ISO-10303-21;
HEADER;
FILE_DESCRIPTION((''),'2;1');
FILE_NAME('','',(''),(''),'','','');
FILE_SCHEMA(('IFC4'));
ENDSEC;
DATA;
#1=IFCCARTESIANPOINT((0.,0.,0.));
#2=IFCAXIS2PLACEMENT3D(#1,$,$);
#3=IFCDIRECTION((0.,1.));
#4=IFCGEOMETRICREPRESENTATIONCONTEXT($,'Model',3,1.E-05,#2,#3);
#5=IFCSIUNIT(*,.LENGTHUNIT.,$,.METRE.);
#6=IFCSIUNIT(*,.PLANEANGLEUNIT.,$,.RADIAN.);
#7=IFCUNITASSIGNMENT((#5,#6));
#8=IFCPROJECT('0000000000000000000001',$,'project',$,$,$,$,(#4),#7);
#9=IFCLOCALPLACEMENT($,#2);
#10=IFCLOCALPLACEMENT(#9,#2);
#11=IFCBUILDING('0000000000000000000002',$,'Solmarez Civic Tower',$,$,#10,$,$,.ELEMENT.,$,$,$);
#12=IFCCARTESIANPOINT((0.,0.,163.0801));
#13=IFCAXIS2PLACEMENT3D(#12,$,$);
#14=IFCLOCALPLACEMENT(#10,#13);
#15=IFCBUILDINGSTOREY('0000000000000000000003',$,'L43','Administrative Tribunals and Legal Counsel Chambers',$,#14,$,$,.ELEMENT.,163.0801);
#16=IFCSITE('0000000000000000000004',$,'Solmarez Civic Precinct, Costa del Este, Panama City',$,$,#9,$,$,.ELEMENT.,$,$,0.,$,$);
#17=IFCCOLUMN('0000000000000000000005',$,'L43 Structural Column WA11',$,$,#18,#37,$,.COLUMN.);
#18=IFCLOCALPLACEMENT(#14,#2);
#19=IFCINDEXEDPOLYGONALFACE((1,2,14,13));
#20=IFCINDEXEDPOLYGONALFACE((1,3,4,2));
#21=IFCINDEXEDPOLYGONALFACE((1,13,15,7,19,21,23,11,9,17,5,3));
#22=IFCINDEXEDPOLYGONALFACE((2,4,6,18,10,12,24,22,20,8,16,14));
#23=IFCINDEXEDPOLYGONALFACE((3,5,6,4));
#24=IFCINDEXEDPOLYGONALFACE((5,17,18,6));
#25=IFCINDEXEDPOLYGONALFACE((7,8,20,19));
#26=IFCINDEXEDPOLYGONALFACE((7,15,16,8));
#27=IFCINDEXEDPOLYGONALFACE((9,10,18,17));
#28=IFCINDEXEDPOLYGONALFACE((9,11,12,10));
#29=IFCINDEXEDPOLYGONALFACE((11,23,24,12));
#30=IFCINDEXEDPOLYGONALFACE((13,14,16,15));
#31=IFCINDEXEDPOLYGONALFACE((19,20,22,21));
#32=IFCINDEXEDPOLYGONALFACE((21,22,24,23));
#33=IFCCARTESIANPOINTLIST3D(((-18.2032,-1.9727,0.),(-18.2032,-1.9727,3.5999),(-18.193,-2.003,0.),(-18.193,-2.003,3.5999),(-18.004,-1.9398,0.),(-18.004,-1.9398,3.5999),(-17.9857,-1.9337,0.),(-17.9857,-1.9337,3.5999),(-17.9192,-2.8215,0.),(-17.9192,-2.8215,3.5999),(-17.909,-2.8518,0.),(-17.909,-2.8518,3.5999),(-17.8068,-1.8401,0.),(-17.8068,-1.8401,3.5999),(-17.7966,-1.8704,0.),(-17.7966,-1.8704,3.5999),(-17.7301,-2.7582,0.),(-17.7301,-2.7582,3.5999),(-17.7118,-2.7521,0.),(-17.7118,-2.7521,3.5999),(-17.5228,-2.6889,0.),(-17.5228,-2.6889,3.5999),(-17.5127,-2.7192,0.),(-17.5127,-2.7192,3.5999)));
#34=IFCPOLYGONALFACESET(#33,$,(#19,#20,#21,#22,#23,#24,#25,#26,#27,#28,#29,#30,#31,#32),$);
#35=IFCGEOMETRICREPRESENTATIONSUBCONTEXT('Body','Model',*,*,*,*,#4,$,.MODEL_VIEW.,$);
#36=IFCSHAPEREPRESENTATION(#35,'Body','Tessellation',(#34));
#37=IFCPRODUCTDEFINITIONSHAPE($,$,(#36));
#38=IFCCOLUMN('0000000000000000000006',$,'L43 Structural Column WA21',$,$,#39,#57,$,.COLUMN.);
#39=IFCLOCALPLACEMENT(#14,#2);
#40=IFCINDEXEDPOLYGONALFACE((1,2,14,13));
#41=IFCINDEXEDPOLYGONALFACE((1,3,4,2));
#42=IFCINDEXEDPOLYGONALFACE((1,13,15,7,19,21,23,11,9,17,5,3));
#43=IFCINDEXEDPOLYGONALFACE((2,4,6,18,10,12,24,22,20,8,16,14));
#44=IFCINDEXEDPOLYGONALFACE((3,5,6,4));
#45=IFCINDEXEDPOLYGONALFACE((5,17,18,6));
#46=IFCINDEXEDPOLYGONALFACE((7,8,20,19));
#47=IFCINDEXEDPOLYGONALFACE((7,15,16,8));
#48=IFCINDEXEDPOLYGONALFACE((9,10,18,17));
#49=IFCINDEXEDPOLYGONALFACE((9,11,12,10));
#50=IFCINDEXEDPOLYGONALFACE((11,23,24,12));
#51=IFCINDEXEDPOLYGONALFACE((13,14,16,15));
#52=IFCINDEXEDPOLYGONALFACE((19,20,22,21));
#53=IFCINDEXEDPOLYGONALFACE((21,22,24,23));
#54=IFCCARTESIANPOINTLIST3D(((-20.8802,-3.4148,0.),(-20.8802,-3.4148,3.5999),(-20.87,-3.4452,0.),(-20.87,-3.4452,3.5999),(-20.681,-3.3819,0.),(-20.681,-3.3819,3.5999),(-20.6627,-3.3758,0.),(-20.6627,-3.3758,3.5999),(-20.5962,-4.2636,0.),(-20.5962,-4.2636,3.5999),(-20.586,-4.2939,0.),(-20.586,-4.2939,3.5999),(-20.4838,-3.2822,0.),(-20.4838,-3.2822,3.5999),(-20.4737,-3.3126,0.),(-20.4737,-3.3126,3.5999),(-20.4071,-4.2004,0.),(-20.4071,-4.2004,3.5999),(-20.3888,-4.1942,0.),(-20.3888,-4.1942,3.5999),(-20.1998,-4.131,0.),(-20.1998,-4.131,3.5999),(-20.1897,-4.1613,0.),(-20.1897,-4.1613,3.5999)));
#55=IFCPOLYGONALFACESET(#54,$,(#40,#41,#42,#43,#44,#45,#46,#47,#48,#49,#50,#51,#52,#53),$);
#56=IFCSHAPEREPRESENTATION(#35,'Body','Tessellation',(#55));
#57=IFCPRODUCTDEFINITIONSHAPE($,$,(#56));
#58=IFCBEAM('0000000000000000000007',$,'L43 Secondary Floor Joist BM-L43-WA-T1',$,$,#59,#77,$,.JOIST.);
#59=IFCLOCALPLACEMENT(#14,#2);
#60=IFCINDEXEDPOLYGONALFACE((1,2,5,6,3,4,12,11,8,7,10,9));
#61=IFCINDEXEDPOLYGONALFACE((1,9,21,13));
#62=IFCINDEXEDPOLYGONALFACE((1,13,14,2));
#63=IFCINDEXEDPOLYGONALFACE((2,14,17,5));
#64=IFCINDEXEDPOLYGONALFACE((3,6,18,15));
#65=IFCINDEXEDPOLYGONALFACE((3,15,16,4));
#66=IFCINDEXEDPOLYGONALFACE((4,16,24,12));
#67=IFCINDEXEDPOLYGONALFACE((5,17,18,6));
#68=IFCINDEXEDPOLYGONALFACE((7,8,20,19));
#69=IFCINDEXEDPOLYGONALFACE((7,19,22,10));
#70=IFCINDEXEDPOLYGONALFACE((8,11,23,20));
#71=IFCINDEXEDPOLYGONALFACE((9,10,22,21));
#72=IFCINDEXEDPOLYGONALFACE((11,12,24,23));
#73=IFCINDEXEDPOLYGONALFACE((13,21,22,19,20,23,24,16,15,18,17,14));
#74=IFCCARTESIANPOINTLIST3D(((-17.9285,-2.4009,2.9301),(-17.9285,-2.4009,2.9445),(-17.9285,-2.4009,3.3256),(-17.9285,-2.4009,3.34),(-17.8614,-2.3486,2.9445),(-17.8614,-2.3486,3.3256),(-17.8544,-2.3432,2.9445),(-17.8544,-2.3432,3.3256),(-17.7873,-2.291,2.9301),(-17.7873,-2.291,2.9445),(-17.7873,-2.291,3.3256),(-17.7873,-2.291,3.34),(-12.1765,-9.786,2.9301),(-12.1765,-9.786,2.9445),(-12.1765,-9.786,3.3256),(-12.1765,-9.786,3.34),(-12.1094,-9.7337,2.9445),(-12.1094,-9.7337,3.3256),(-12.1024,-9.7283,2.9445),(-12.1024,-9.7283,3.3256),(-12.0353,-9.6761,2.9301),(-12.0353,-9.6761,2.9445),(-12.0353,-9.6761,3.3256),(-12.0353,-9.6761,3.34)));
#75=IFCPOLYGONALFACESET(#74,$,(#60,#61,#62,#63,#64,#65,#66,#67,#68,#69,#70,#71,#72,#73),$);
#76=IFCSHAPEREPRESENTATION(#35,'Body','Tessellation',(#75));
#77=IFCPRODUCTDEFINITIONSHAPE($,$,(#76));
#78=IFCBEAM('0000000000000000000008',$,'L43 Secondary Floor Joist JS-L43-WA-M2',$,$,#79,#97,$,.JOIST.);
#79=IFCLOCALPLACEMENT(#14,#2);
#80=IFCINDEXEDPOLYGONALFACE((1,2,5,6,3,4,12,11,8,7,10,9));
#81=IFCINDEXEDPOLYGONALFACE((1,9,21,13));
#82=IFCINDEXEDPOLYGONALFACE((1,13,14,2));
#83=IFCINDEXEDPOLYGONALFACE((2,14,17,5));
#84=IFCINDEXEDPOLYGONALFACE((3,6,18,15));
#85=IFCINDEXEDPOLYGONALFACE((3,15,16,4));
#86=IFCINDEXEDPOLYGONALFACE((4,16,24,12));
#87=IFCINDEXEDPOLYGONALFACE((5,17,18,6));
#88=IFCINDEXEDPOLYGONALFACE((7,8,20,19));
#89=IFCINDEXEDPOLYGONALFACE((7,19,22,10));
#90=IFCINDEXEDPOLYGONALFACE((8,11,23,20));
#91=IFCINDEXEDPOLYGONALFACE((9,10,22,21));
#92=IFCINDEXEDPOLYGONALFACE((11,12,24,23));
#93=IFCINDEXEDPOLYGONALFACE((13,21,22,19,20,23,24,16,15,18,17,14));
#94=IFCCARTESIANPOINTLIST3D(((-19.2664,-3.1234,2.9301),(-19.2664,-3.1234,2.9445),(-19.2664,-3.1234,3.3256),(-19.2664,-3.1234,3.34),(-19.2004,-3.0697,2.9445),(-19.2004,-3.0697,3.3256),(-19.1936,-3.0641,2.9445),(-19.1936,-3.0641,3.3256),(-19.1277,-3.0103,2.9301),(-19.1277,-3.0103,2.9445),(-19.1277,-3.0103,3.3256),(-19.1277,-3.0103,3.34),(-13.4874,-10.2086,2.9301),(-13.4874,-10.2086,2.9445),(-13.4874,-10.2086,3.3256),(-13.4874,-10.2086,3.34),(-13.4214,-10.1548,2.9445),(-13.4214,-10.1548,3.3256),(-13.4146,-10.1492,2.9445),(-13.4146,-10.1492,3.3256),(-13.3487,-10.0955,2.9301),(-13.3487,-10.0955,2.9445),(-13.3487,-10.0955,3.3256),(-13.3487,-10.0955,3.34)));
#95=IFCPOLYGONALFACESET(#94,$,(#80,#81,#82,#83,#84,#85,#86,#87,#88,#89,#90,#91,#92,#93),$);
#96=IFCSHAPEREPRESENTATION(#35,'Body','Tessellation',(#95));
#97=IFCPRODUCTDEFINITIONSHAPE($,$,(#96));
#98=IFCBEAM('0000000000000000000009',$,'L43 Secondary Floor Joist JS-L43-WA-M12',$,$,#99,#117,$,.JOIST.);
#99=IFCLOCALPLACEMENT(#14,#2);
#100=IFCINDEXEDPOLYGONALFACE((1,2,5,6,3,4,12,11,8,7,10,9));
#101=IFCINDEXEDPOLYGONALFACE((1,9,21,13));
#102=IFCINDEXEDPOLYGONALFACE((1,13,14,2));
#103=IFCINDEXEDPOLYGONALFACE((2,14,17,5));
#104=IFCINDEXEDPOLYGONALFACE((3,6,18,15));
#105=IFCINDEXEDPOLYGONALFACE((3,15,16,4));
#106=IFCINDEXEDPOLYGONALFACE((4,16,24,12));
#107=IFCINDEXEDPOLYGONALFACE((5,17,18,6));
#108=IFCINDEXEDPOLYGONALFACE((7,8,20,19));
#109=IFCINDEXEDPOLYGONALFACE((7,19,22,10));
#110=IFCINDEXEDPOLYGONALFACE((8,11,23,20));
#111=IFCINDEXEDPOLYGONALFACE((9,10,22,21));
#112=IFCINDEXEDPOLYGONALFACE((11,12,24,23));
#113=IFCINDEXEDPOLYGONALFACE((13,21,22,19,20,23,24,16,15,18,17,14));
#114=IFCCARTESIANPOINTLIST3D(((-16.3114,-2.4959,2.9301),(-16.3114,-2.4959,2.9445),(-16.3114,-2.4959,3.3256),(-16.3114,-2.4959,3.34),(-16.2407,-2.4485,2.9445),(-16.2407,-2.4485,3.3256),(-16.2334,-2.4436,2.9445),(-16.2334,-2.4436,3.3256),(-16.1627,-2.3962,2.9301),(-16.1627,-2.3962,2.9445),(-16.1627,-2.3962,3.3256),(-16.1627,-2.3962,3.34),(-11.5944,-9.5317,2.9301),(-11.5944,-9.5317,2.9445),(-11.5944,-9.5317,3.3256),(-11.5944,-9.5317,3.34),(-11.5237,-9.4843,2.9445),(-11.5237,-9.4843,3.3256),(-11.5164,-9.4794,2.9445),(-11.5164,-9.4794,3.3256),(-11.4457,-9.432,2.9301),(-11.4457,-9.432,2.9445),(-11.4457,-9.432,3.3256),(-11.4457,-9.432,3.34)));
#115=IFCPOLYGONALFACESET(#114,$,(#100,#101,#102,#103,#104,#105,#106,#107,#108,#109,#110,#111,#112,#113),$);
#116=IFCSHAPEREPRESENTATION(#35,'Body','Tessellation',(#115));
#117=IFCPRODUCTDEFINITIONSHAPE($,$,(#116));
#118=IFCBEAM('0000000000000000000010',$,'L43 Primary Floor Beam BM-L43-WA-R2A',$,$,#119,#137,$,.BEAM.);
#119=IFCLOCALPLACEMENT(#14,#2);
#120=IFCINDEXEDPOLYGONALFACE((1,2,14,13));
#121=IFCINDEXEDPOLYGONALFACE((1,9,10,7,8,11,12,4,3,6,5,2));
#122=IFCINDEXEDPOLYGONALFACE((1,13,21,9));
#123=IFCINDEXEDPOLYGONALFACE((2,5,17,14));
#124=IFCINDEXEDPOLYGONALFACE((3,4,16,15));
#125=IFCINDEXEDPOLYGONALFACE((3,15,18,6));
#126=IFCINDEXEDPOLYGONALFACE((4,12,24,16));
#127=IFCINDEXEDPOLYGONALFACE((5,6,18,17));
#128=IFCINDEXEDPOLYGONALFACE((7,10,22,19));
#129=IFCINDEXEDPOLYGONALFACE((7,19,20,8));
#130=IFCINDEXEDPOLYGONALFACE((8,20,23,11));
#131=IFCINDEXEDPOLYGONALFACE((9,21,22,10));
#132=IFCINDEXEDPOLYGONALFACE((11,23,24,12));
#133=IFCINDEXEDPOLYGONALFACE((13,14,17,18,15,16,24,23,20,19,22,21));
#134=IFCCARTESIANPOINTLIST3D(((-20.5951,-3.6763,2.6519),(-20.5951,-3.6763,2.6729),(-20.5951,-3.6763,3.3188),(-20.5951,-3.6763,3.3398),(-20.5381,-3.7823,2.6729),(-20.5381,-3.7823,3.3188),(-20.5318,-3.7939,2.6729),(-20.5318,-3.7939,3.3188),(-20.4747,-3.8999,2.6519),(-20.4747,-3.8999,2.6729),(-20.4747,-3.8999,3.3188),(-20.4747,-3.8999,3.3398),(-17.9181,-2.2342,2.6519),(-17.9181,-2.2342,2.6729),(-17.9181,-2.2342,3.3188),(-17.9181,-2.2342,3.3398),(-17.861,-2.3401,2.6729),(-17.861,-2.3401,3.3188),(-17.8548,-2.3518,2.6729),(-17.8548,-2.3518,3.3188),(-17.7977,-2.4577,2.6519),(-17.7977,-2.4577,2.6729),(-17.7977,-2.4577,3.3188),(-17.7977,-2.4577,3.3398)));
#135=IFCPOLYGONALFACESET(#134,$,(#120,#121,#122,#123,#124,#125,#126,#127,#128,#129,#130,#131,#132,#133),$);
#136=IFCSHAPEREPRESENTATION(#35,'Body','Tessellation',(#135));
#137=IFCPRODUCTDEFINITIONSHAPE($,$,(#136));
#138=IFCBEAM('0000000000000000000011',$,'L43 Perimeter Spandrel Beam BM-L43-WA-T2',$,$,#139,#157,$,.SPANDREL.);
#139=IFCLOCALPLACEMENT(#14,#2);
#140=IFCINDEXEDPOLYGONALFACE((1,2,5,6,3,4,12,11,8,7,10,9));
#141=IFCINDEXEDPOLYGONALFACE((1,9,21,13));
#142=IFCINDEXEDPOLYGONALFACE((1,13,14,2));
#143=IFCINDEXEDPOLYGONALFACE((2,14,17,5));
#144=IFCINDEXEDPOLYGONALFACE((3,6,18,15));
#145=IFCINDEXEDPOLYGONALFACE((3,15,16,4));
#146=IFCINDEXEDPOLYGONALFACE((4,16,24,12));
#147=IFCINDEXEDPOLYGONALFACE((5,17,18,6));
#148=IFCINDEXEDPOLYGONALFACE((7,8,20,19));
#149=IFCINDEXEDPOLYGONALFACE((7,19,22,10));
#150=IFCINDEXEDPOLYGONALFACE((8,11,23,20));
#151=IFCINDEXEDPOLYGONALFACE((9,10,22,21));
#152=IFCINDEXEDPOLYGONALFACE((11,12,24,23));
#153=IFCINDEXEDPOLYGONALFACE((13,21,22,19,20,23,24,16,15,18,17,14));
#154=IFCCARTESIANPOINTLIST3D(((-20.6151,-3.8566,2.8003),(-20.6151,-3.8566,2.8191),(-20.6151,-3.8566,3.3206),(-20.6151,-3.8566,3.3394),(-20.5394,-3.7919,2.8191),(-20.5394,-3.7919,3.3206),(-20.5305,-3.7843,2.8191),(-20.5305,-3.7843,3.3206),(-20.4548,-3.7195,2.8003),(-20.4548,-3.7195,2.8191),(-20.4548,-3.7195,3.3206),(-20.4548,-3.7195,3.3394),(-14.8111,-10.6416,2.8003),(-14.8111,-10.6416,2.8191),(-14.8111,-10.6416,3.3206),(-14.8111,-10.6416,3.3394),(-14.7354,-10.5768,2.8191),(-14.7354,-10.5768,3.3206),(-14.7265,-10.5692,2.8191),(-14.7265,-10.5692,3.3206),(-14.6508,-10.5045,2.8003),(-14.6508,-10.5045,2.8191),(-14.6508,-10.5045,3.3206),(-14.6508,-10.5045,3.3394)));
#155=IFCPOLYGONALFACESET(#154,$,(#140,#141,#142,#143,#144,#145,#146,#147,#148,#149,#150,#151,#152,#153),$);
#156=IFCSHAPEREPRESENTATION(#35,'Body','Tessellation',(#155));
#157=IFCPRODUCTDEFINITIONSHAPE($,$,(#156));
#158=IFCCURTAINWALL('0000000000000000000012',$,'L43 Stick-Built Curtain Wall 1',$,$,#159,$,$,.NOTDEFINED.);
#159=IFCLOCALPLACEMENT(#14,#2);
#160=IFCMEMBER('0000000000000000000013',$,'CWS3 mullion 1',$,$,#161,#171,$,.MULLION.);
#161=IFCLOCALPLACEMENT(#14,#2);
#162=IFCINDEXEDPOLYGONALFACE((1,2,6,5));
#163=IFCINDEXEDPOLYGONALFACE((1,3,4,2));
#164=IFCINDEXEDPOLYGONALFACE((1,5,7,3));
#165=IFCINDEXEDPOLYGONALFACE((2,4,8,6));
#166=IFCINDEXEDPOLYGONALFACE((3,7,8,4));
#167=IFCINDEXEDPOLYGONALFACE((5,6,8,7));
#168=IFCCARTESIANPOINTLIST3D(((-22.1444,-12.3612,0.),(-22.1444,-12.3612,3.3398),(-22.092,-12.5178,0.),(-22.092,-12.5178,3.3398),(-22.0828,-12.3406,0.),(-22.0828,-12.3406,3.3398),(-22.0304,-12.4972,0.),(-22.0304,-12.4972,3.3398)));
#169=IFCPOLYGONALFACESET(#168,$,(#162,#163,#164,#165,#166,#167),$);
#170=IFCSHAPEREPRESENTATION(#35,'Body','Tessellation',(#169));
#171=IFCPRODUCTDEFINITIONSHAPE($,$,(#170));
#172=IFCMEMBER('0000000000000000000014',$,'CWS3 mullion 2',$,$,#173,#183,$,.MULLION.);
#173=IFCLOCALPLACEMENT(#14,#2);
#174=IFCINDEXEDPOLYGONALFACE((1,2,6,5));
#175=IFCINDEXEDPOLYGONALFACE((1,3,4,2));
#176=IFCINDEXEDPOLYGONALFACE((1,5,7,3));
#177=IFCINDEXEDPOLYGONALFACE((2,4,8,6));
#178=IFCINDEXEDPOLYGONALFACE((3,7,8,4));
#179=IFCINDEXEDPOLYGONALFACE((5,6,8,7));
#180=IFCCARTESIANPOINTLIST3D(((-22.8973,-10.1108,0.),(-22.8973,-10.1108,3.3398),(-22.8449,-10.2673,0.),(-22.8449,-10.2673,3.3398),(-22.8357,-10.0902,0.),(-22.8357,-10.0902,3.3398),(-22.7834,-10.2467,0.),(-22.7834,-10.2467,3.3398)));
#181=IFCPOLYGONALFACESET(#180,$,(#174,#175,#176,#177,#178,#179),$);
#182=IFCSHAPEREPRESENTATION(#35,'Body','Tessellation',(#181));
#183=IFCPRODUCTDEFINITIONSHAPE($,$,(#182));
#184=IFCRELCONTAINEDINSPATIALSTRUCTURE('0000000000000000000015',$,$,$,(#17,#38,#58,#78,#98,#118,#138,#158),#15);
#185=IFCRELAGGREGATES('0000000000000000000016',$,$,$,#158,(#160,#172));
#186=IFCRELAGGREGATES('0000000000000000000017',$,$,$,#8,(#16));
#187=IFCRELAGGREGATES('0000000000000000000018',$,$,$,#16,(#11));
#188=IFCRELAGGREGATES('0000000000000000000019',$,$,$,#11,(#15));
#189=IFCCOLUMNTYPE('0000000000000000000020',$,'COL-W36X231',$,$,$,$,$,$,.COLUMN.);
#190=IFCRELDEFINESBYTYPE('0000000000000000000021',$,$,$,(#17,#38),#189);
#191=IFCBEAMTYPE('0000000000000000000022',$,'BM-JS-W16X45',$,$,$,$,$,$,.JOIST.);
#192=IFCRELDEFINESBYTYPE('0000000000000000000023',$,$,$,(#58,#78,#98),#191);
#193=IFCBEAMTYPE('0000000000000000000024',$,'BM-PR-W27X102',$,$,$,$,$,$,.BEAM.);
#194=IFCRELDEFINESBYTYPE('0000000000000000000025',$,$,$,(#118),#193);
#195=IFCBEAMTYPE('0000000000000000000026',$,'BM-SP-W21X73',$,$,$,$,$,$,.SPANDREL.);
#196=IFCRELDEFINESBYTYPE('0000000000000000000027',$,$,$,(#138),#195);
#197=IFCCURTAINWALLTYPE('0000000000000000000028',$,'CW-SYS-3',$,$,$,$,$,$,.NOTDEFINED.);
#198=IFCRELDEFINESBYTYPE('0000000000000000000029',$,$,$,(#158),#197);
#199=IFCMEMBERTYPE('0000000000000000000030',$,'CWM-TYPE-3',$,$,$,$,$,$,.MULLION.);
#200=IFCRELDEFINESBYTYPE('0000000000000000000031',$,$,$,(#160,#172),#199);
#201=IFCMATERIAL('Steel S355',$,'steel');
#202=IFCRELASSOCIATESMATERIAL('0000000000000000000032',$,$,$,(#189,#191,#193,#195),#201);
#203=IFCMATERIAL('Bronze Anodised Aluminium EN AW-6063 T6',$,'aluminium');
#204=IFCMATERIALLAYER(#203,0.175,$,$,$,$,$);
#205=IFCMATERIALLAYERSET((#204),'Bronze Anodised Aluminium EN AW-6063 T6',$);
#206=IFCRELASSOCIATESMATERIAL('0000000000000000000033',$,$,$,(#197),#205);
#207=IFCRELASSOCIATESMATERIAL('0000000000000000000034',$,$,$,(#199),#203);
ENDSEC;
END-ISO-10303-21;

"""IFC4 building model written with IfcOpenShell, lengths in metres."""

from ifc_helpers import new_model, si_unit, direction, frame, origin, origin_2d, place, context, subcontext, project, spatial, rectangle, i_section, extrude, material, layer, layer_set, material_profile, profile_set, type_object, element, aggregate, save


model = new_model("IFC4")

# Units and contexts
model_context = context("Model", 3, precision=1e-05, world=origin(), true_north=direction((0.0, 1.0)))
body_context = subcontext(model_context, "Body", "Model", "MODEL_VIEW")
ifc_project = project(units=[si_unit("LENGTHUNIT", "METRE"), si_unit("PLANEANGLEUNIT", "RADIAN")], contexts=[model_context])

# Site, building, storey
site_placement = place(None, origin())
site = spatial("IfcSite", under=ifc_project, at=site_placement, Name="Solmarez Civic Precinct, Costa del Este, Panama City", CompositionType="ELEMENT", RefElevation=0.0)
building_placement = place(site_placement, origin())
building = spatial("IfcBuilding", under=site, at=building_placement, Name="Solmarez Civic Tower", CompositionType="ELEMENT")
storey_placement = place(building_placement, frame((0.0, 0.0, 163.0801)))
storey = spatial("IfcBuildingStorey", under=building, at=storey_placement, Name="L43", Description="Administrative Tribunals and Legal Counsel Chambers", CompositionType="ELEMENT", Elevation=163.0801)

# Columns
ifc_material_1 = material(Name="Steel S355", Category="steel")
ifc_material_profile_1 = material_profile(ifc_material_1, i_section(OverallWidth=0.418, OverallDepth=0.927, WebThickness=0.0193, FlangeThickness=0.032, at=origin_2d()), Name="W36X231")
ifc_profile_set_1 = profile_set([ifc_material_profile_1], Name="Steel S355")
column_type = type_object("IfcColumnType", Name="COL-W36X231", PredefinedType="COLUMN", material=ifc_profile_set_1)
for number, where, z_axis, x_axis, name in (
    (1, (-17.8579, -2.3459, 0.0), (0.0, 0.0, 1.0), (0.948324, 0.317305, 0.0), "L43 Structural Column WA11"),
    (2, (-20.5349, -3.7881, 0.0), (0.0, 0.0, 1.0), (0.948324, 0.317305, 0.0), "L43 Structural Column WA21"),
):
    element("IfcColumn", number, at=place(storey_placement, frame(where, z_axis=z_axis, x_axis=x_axis)), inside=storey, type_object=column_type, Name=name, PredefinedType="COLUMN", context=body_context, shape_type="SweptSolid", body=[
        extrude(i_section(OverallWidth=0.418, OverallDepth=0.927, WebThickness=0.0193, FlangeThickness=0.032, at=origin_2d()), origin(), (0.0, 0.0, 1.0), 3.5999),
    ])

# Beams
ifc_material_profile_2 = material_profile(ifc_material_1, i_section(OverallWidth=0.179, OverallDepth=0.4099, WebThickness=0.0088, FlangeThickness=0.0144, at=origin_2d()), Name="W16X45")
ifc_profile_set_2 = profile_set([ifc_material_profile_2], Name="Steel S355")
beam_type_1 = type_object("IfcBeamType", Name="BM-JS-W16X45", PredefinedType="JOIST", material=ifc_profile_set_2)
beam_1_placement = place(storey_placement, frame((-17.8579, -2.3459, 3.135), z_axis=(0.614477, -0.788935, 0.0), x_axis=(0.788935, 0.614477, 0.0)))
element("IfcBeam", 3, at=beam_1_placement, inside=storey, type_object=beam_type_1, Name="L43 Secondary Floor Joist BM-L43-WA-T1", PredefinedType="JOIST", context=body_context, shape_type="SweptSolid", body=[
    extrude(i_section(OverallWidth=0.179, OverallDepth=0.4099, WebThickness=0.0088, FlangeThickness=0.0144, at=origin_2d()), origin(), (0.0, 0.0, 1.0), 9.3608),
])
beam_2_placement = place(storey_placement, frame((-19.197, -3.0669, 3.135), z_axis=(0.632062, -0.774918, 0.0), x_axis=(0.774918, 0.632062, 0.0)))
element("IfcBeam", 4, at=beam_2_placement, inside=storey, type_object=beam_type_1, Name="L43 Secondary Floor Joist JS-L43-WA-M2", PredefinedType="JOIST", context=body_context, shape_type="SweptSolid", body=[
    extrude(i_section(OverallWidth=0.179, OverallDepth=0.4099, WebThickness=0.0088, FlangeThickness=0.0144, at=origin_2d()), origin(), (0.0, 0.0, 1.0), 9.1431),
])
beam_3_placement = place(storey_placement, frame((-16.2371, -2.446, 3.135), z_axis=(0.55686, -0.830606, 0.0), x_axis=(0.830606, 0.55686, 0.0)))
element("IfcBeam", 5, at=beam_3_placement, inside=storey, type_object=beam_type_1, Name="L43 Secondary Floor Joist JS-L43-WA-M12", PredefinedType="JOIST", context=body_context, shape_type="SweptSolid", body=[
    extrude(i_section(OverallWidth=0.179, OverallDepth=0.4099, WebThickness=0.0088, FlangeThickness=0.0144, at=origin_2d()), origin(), (0.0, 0.0, 1.0), 8.4707),
])
ifc_material_profile_3 = material_profile(ifc_material_1, i_section(OverallWidth=0.2539, OverallDepth=0.688, WebThickness=0.0132, FlangeThickness=0.021, at=origin_2d()), Name="W27X102")
ifc_profile_set_3 = profile_set([ifc_material_profile_3], Name="Steel S355")
beam_type_2 = type_object("IfcBeamType", Name="BM-PR-W27X102", PredefinedType="BEAM", material=ifc_profile_set_3)
beam_4_placement = place(storey_placement, frame((-17.8579, -2.3459, 2.9958), z_axis=(-0.880378, -0.474272, 0.0), x_axis=(0.474272, -0.880378, 0.0)))
element("IfcBeam", 6, at=beam_4_placement, inside=storey, type_object=beam_type_2, Name="L43 Primary Floor Beam BM-L43-WA-R2A", PredefinedType="BEAM", context=body_context, shape_type="SweptSolid", body=[
    extrude(i_section(OverallWidth=0.2539, OverallDepth=0.688, WebThickness=0.0132, FlangeThickness=0.021, at=origin_2d()), origin(), (0.0, 0.0, 1.0), 3.0408),
])
ifc_material_profile_4 = material_profile(ifc_material_1, i_section(OverallWidth=0.2109, OverallDepth=0.5391, WebThickness=0.0117, FlangeThickness=0.0188, at=origin_2d()), Name="W21X73")
ifc_profile_set_4 = profile_set([ifc_material_profile_4], Name="Steel S355")
beam_type_3 = type_object("IfcBeamType", Name="BM-SP-W21X73", PredefinedType="SPANDREL", material=ifc_profile_set_4)
beam_5_placement = place(storey_placement, frame((-20.5349, -3.7881, 3.0698), z_axis=(0.650037, -0.759903, 0.0), x_axis=(0.759903, 0.650037, 0.0)))
element("IfcBeam", 7, at=beam_5_placement, inside=storey, type_object=beam_type_3, Name="L43 Perimeter Spandrel Beam BM-L43-WA-T2", PredefinedType="SPANDREL", context=body_context, shape_type="SweptSolid", body=[
    extrude(i_section(OverallWidth=0.2109, OverallDepth=0.5391, WebThickness=0.0117, FlangeThickness=0.0188, at=origin_2d()), origin(), (0.0, 0.0, 1.0), 8.9287),
])

# Curtain wall, members
ifc_material_2 = material(Name="Bronze Anodised Aluminium EN AW-6063 T6", Category="aluminium")
ifc_layer_1 = layer(ifc_material_2, 0.175)
ifc_layer_set_1 = layer_set([ifc_layer_1], Name="Bronze Anodised Aluminium EN AW-6063 T6")
curtain_wall_type = type_object("IfcCurtainWallType", Name="CW-SYS-3", PredefinedType="NOTDEFINED", material=ifc_layer_set_1)
curtain_wall_placement = place(storey_placement, origin())
curtain_wall = element("IfcCurtainWall", 8, at=curtain_wall_placement, inside=storey, type_object=curtain_wall_type, Name="L43 Stick-Built Curtain Wall 1", PredefinedType="NOTDEFINED")
ifc_material_profile_5 = material_profile(ifc_material_2, rectangle(XDim=0.0649, YDim=0.165, at=origin_2d()), Name="CWM-65X165")
ifc_profile_set_5 = profile_set([ifc_material_profile_5], Name="Bronze Anodised Aluminium EN AW-6063 T6")
member_type_1 = type_object("IfcMemberType", Name="CWM-TYPE-3", PredefinedType="MULLION", material=ifc_profile_set_5)
member_1_placement = place(storey_placement, frame((-22.0874, -12.4292, 0.0), z_axis=(0.0, 0.0, 1.0), x_axis=(-0.948329, -0.317288, 0.0)))
member_1 = element("IfcMember", 9, at=member_1_placement, type_object=member_type_1, Name="CWS3 mullion 1", PredefinedType="MULLION", context=body_context, shape_type="SweptSolid", body=[
    extrude(rectangle(XDim=0.0649, YDim=0.165, at=origin_2d()), origin(), (0.0, 0.0, 1.0), 3.3398),
])
member_2_placement = place(storey_placement, frame((-22.8403, -10.1787, 0.0), z_axis=(0.0, 0.0, 1.0), x_axis=(-0.948329, -0.317288, 0.0)))
member_2 = element("IfcMember", 10, at=member_2_placement, type_object=member_type_1, Name="CWS3 mullion 2", PredefinedType="MULLION", context=body_context, shape_type="SweptSolid", body=[
    extrude(rectangle(XDim=0.0649, YDim=0.165, at=origin_2d()), origin(), (0.0, 0.0, 1.0), 3.3398),
])
aggregate(curtain_wall, [member_1, member_2])

save(model, "model.ifc")
